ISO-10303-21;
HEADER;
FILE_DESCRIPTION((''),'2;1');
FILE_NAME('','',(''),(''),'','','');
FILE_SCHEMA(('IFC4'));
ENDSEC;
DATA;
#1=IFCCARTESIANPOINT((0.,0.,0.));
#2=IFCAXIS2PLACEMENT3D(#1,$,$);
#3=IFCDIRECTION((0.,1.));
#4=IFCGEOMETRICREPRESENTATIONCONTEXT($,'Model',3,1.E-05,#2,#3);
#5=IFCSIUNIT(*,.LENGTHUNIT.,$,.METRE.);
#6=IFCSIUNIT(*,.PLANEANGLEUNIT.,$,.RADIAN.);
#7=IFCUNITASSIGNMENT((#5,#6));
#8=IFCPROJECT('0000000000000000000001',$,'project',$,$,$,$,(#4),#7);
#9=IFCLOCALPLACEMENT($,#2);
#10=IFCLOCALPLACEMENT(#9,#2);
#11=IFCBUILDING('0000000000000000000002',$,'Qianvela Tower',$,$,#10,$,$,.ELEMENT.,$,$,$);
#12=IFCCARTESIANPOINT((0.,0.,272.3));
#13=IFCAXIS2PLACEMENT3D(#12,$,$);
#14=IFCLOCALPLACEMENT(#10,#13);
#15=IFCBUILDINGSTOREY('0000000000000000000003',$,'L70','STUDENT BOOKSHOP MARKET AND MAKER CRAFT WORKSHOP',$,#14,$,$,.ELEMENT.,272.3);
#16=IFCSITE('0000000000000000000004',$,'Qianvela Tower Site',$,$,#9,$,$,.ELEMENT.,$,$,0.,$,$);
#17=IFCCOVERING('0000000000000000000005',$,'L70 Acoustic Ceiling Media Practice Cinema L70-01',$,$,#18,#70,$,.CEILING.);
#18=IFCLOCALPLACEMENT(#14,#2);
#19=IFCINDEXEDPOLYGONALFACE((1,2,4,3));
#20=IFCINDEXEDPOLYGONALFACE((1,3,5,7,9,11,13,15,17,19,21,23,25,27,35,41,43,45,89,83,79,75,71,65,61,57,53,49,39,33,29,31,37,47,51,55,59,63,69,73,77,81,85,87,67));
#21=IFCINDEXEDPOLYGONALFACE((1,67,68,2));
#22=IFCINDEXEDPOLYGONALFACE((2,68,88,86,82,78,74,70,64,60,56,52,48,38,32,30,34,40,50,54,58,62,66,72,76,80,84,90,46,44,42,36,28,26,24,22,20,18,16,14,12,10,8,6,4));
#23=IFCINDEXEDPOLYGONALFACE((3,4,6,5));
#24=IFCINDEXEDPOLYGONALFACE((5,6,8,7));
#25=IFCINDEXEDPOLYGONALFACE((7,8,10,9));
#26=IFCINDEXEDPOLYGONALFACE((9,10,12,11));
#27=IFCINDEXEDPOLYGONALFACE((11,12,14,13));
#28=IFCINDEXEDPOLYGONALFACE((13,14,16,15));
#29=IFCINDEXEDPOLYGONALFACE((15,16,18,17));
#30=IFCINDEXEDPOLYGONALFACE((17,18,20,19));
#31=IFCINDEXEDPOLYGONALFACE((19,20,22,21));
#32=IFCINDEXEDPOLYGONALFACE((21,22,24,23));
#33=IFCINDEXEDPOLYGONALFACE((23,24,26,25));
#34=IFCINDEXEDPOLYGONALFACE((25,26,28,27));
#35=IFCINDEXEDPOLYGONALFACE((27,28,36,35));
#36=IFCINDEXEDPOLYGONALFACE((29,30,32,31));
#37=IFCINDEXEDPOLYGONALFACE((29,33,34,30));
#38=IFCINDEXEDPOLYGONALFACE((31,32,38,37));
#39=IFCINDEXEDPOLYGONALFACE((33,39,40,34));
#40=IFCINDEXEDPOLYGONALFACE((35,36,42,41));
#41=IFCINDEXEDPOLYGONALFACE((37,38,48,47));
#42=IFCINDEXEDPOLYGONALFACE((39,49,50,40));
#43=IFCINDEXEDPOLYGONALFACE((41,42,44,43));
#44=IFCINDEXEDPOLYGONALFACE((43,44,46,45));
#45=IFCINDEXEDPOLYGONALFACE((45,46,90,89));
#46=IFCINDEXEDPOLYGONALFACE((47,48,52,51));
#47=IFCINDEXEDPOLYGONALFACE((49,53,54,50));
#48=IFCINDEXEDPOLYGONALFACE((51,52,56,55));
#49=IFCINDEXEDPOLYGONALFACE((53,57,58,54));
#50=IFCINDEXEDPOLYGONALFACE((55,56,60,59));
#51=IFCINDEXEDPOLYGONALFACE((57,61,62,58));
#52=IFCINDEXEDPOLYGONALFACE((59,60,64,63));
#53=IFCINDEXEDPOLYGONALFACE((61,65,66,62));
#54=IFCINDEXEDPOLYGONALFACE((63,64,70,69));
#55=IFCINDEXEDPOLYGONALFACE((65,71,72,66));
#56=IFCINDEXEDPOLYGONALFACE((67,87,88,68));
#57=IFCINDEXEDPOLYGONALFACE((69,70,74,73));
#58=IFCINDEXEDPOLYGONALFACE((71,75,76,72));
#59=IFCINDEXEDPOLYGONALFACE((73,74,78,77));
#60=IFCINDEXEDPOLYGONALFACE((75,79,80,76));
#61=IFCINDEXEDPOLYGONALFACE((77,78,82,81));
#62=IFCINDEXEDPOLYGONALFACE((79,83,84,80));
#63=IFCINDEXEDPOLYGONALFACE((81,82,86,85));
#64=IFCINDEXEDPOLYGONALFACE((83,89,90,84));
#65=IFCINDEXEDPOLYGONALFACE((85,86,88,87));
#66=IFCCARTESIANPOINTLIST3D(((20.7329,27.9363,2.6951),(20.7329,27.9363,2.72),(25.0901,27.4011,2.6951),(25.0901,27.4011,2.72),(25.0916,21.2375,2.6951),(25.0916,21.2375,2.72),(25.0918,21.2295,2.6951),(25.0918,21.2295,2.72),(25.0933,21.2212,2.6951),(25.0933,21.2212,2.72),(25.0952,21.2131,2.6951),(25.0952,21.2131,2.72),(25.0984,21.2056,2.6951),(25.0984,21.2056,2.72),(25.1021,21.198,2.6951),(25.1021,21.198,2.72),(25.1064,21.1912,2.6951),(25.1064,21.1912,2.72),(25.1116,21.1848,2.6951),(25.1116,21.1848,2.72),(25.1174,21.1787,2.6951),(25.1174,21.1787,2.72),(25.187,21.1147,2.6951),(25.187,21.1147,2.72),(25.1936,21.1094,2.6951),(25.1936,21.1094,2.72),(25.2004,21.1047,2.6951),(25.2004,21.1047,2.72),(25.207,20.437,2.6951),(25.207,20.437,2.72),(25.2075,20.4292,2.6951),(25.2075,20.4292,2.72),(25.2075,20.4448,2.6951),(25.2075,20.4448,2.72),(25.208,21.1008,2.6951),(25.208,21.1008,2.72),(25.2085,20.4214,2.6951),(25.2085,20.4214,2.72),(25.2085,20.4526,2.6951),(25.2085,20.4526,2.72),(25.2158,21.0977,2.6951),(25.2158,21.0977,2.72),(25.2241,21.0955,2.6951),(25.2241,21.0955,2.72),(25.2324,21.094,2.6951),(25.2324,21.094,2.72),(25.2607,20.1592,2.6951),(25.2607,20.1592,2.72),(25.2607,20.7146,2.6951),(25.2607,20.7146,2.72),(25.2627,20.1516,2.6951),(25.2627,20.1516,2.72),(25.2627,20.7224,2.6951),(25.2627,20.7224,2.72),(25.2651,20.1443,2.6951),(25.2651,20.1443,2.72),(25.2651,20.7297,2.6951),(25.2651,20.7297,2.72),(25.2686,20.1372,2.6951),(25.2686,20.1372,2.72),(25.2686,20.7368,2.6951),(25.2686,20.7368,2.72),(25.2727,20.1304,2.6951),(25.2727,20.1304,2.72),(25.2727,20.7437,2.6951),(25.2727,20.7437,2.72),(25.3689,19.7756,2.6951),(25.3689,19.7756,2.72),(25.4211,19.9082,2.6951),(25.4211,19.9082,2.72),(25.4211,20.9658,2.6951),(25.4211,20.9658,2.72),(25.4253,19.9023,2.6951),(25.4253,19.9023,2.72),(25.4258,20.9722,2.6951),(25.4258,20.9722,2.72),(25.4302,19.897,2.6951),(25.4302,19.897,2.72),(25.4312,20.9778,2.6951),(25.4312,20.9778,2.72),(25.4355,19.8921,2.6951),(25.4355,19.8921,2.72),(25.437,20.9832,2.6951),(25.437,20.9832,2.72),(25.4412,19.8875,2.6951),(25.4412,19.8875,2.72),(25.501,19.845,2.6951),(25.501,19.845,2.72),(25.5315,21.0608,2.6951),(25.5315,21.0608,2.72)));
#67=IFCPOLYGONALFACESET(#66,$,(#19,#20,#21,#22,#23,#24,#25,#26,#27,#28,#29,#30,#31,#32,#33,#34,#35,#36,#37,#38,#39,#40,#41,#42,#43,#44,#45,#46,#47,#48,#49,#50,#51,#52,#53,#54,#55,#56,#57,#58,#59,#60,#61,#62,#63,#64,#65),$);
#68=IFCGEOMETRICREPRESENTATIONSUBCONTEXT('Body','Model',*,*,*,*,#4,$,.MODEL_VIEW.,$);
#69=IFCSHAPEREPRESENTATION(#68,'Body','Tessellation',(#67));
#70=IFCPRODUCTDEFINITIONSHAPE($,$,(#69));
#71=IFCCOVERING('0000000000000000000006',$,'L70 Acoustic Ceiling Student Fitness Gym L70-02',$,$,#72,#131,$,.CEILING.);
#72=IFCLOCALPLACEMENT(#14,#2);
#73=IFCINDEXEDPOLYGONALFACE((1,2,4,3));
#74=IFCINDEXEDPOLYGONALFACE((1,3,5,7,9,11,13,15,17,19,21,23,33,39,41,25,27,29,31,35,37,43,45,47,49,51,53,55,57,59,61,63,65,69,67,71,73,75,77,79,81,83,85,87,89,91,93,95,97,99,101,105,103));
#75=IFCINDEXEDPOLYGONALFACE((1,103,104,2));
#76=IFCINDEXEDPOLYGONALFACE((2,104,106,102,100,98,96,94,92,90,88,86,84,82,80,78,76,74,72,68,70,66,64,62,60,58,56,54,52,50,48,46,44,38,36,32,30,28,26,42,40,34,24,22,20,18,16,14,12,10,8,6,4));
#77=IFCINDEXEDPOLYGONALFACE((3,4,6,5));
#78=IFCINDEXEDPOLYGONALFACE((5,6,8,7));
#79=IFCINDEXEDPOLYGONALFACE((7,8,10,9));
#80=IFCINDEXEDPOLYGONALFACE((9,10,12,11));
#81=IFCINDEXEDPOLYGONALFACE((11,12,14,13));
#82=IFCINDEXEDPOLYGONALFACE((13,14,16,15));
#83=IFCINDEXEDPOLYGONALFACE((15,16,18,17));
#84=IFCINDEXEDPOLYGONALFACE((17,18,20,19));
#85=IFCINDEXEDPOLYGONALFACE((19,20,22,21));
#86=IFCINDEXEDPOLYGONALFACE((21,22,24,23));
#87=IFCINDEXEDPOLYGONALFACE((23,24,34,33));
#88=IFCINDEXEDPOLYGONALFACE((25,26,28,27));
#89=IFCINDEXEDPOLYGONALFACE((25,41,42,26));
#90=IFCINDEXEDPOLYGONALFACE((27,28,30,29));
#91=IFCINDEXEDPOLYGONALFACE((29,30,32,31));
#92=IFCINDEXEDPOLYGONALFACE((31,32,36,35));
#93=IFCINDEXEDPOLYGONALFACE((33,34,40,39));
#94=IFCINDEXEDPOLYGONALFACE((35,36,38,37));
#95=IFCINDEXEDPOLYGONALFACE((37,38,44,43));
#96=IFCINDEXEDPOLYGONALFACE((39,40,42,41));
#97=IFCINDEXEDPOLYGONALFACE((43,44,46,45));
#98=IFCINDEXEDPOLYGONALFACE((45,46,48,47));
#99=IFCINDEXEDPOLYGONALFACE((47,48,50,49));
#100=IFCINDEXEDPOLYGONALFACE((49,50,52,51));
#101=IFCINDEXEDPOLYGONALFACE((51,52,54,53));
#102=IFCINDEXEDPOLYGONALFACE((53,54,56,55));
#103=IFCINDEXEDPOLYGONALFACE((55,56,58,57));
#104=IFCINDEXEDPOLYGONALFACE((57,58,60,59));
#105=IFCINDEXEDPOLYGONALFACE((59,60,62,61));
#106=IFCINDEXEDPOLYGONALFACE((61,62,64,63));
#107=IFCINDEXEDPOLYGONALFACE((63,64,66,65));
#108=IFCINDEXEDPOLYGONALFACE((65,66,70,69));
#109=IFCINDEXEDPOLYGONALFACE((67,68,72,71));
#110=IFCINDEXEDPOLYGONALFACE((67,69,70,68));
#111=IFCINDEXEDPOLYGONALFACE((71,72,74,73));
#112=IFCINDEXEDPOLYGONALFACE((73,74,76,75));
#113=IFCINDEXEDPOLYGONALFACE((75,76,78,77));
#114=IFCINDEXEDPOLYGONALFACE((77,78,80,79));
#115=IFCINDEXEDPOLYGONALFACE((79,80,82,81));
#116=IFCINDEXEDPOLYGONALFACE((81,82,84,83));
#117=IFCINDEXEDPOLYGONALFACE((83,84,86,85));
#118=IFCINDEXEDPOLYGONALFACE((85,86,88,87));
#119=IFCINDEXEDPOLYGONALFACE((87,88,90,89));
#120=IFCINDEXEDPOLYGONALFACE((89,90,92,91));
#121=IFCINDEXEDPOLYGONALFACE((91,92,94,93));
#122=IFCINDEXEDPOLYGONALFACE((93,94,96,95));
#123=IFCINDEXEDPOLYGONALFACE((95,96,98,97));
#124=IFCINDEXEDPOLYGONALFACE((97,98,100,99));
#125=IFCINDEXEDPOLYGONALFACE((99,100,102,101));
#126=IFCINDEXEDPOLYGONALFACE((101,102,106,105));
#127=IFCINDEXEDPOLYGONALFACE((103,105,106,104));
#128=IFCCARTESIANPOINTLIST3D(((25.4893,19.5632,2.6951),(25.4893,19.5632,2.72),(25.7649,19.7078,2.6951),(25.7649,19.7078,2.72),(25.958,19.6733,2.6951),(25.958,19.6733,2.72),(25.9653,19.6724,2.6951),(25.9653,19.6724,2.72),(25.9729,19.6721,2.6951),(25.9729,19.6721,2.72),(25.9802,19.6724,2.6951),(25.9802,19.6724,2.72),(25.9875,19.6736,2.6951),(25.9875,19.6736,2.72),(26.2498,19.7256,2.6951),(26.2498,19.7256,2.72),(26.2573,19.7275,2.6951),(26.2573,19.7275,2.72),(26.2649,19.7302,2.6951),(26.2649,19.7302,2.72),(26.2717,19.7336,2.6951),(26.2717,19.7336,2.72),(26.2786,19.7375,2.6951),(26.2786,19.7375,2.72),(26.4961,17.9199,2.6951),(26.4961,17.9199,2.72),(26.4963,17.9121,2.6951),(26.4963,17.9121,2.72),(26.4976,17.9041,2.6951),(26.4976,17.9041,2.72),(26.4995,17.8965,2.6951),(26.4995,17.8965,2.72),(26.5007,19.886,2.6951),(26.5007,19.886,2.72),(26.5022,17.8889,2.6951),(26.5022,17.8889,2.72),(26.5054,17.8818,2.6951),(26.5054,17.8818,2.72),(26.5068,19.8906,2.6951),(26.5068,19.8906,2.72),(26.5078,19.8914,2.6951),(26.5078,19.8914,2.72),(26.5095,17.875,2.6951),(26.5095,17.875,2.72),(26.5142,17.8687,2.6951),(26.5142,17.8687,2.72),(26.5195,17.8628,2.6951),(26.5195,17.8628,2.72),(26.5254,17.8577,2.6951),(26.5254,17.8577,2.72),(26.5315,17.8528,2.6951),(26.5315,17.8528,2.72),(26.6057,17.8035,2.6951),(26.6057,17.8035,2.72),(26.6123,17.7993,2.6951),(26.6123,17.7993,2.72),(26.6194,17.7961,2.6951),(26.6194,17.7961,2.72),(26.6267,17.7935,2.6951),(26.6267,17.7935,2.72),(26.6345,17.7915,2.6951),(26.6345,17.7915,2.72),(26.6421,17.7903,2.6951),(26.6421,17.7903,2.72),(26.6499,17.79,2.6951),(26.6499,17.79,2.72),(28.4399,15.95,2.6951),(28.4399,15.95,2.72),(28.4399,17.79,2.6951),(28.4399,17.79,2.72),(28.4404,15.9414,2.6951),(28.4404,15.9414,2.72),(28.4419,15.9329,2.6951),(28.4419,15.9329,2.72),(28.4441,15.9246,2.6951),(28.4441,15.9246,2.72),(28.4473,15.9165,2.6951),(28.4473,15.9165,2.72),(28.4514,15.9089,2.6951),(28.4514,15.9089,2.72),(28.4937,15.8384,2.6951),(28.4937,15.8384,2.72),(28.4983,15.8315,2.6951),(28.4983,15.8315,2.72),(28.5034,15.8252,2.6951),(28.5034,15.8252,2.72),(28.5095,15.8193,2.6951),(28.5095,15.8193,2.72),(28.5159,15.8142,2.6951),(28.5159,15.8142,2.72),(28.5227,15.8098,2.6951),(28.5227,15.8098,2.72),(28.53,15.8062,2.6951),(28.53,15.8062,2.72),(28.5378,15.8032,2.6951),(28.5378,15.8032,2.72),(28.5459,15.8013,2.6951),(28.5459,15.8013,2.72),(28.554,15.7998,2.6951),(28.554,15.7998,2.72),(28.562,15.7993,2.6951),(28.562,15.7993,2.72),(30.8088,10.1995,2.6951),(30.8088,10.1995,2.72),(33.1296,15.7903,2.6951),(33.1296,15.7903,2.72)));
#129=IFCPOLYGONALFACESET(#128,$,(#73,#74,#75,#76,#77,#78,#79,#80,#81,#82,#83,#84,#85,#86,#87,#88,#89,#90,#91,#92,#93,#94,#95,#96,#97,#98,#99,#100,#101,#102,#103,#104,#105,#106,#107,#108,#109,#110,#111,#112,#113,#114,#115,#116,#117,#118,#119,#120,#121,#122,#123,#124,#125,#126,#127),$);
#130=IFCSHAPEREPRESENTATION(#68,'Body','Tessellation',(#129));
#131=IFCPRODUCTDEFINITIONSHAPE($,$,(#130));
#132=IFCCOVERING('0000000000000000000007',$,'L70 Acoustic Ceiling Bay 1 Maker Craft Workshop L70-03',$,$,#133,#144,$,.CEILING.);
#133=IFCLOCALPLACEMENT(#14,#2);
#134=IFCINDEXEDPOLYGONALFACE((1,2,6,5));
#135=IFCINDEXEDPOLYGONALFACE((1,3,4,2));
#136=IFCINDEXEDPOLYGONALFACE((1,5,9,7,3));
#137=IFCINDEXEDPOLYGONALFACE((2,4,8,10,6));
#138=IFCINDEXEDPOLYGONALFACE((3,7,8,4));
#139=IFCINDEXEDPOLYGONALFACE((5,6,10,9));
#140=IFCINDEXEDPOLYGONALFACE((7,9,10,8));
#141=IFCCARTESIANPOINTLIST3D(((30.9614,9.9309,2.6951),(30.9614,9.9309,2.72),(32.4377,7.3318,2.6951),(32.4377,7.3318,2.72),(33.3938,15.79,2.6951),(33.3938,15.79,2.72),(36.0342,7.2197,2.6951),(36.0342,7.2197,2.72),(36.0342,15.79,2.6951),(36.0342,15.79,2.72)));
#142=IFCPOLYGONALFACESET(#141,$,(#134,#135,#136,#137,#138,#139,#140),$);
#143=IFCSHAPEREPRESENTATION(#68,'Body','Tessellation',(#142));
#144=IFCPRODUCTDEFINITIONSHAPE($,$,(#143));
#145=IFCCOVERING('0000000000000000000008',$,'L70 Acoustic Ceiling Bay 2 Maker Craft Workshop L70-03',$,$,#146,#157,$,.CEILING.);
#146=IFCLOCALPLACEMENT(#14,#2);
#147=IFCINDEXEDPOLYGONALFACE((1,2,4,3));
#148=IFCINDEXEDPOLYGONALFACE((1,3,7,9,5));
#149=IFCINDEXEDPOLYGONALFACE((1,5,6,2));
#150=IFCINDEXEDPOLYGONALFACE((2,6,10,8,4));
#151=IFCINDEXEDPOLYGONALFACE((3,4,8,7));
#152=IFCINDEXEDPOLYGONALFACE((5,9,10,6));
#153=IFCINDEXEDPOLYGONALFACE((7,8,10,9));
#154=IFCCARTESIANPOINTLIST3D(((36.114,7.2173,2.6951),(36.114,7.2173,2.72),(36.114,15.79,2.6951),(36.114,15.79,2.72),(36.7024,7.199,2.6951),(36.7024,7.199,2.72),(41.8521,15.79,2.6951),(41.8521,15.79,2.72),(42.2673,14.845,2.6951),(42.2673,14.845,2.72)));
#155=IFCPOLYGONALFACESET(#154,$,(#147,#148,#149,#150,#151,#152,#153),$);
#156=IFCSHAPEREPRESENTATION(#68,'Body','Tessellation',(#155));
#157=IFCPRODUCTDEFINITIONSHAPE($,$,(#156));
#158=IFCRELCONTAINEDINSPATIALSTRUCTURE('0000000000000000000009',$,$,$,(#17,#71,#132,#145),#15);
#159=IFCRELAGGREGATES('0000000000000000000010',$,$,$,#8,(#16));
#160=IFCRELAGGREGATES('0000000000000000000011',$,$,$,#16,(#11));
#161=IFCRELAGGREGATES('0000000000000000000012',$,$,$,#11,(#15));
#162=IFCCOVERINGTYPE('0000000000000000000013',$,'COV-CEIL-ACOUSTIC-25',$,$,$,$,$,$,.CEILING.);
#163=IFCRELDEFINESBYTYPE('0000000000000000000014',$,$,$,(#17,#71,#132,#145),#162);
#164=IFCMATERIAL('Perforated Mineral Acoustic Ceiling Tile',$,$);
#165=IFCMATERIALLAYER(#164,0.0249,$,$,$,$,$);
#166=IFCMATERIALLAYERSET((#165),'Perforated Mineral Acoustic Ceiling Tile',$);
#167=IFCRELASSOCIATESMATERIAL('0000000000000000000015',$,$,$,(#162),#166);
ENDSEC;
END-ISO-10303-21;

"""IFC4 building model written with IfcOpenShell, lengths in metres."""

from ifc_helpers import new_model, si_unit, direction, frame, origin, place, context, subcontext, project, spatial, polyline, outline, extrude, material, layer, layer_set, type_object, element, save


model = new_model("IFC4")

# Units and contexts
model_context = context("Model", 3, precision=1e-05, world=origin(), true_north=direction((0.0, 1.0)))
body_context = subcontext(model_context, "Body", "Model", "MODEL_VIEW")
ifc_project = project(units=[si_unit("LENGTHUNIT", "METRE"), si_unit("PLANEANGLEUNIT", "RADIAN")], contexts=[model_context])

# Site, building, storey
site_placement = place(None, origin())
site = spatial("IfcSite", under=ifc_project, at=site_placement, Name="Qianvela Tower Site", CompositionType="ELEMENT", RefElevation=0.0)
building_placement = place(site_placement, origin())
building = spatial("IfcBuilding", under=site, at=building_placement, Name="Qianvela Tower", CompositionType="ELEMENT")
storey_placement = place(building_placement, frame((0.0, 0.0, 272.3)))
storey = spatial("IfcBuildingStorey", under=building, at=storey_placement, Name="L70", Description="STUDENT BOOKSHOP MARKET AND MAKER CRAFT WORKSHOP", CompositionType="ELEMENT", Elevation=272.3)

# Coverings
ifc_material_1 = material(Name="Perforated Mineral Acoustic Ceiling Tile")
ifc_layer_1 = layer(ifc_material_1, 0.0249)
ifc_layer_set_1 = layer_set([ifc_layer_1], Name="Perforated Mineral Acoustic Ceiling Tile")
covering_type_1 = type_object("IfcCoveringType", Name="COV-CEIL-ACOUSTIC-25", PredefinedType="CEILING", material=ifc_layer_set_1)
covering_1_placement = place(storey_placement, frame((0.0, 0.0, 2.6951)))
element("IfcCovering", 1, at=covering_1_placement, inside=storey, type_object=covering_type_1, Name="L70 Acoustic Ceiling Media Practice Cinema L70-01", PredefinedType="CEILING", context=body_context, shape_type="SweptSolid", body=[
    extrude(outline(polyline([(25.0916, 21.2375), (25.0918, 21.2295), (25.0933, 21.2212), (25.0952, 21.2131), (25.0984, 21.2056), (25.1021, 21.198), (25.1064, 21.1912), (25.1116, 21.1848), (25.1174, 21.1787), (25.187, 21.1147), (25.1936, 21.1094), (25.2004, 21.1047), (25.208, 21.1008), (25.2158, 21.0977), (25.2241, 21.0955), (25.2324, 21.094), (25.5315, 21.0608), (25.437, 20.9832), (25.4312, 20.9778), (25.4258, 20.9722), (25.4211, 20.9658), (25.2727, 20.7437), (25.2686, 20.7368), (25.2651, 20.7297), (25.2627, 20.7224), (25.2607, 20.7146), (25.2085, 20.4526), (25.2075, 20.4448), (25.207, 20.437), (25.2075, 20.4292), (25.2085, 20.4214), (25.2607, 20.1592), (25.2627, 20.1516), (25.2651, 20.1443), (25.2686, 20.1372), (25.2727, 20.1304), (25.4211, 19.9082), (25.4253, 19.9023), (25.4302, 19.897), (25.4355, 19.8921), (25.4412, 19.8875), (25.501, 19.845), (25.3689, 19.7756), (20.7329, 27.9363), (25.0901, 27.4011), (25.0916, 21.2375)])), origin(), (0.0, 0.0, 1.0), 0.0249),
])
covering_2_placement = place(storey_placement, frame((0.0, 0.0, 2.6951)))
element("IfcCovering", 2, at=covering_2_placement, inside=storey, type_object=covering_type_1, Name="L70 Acoustic Ceiling Student Fitness Gym L70-02", PredefinedType="CEILING", context=body_context, shape_type="SweptSolid", body=[
    extrude(outline(polyline([(26.4961, 17.9199), (26.4963, 17.9121), (26.4976, 17.9041), (26.4995, 17.8965), (26.5022, 17.8889), (26.5054, 17.8818), (26.5095, 17.875), (26.5142, 17.8687), (26.5195, 17.8628), (26.5254, 17.8577), (26.5315, 17.8528), (26.6057, 17.8035), (26.6123, 17.7993), (26.6194, 17.7961), (26.6267, 17.7935), (26.6345, 17.7915), (26.6421, 17.7903), (26.6499, 17.79), (28.4399, 17.79), (28.4399, 15.95), (28.4404, 15.9414), (28.4419, 15.9329), (28.4441, 15.9246), (28.4473, 15.9165), (28.4514, 15.9089), (28.4937, 15.8384), (28.4983, 15.8315), (28.5034, 15.8252), (28.5095, 15.8193), (28.5159, 15.8142), (28.5227, 15.8098), (28.53, 15.8062), (28.5378, 15.8032), (28.5459, 15.8013), (28.554, 15.7998), (28.562, 15.7993), (33.1296, 15.7903), (30.8088, 10.1995), (25.4893, 19.5632), (25.7649, 19.7078), (25.958, 19.6733), (25.9653, 19.6724), (25.9729, 19.6721), (25.9802, 19.6724), (25.9875, 19.6736), (26.2498, 19.7256), (26.2573, 19.7275), (26.2649, 19.7302), (26.2717, 19.7336), (26.2786, 19.7375), (26.5007, 19.886), (26.5068, 19.8906), (26.5078, 19.8914), (26.4961, 17.9199)])), origin(), (0.0, 0.0, 1.0), 0.0249),
])
covering_3_placement = place(storey_placement, frame((0.0, 0.0, 2.6951)))
element("IfcCovering", 3, at=covering_3_placement, inside=storey, type_object=covering_type_1, Name="L70 Acoustic Ceiling Bay 1 Maker Craft Workshop L70-03", PredefinedType="CEILING", context=body_context, shape_type="SweptSolid", body=[
    extrude(outline(polyline([(33.3938, 15.79), (36.0342, 15.79), (36.0342, 7.2197), (32.4377, 7.3318), (30.9614, 9.9309), (33.3938, 15.79)])), origin(), (0.0, 0.0, 1.0), 0.0249),
])
covering_4_placement = place(storey_placement, frame((0.0, 0.0, 2.6951)))
element("IfcCovering", 4, at=covering_4_placement, inside=storey, type_object=covering_type_1, Name="L70 Acoustic Ceiling Bay 2 Maker Craft Workshop L70-03", PredefinedType="CEILING", context=body_context, shape_type="SweptSolid", body=[
    extrude(outline(polyline([(41.8521, 15.79), (42.2673, 14.845), (36.7024, 7.199), (36.114, 7.2173), (36.114, 15.79), (41.8521, 15.79)])), origin(), (0.0, 0.0, 1.0), 0.0249),
])

save(model, "model.ifc")
